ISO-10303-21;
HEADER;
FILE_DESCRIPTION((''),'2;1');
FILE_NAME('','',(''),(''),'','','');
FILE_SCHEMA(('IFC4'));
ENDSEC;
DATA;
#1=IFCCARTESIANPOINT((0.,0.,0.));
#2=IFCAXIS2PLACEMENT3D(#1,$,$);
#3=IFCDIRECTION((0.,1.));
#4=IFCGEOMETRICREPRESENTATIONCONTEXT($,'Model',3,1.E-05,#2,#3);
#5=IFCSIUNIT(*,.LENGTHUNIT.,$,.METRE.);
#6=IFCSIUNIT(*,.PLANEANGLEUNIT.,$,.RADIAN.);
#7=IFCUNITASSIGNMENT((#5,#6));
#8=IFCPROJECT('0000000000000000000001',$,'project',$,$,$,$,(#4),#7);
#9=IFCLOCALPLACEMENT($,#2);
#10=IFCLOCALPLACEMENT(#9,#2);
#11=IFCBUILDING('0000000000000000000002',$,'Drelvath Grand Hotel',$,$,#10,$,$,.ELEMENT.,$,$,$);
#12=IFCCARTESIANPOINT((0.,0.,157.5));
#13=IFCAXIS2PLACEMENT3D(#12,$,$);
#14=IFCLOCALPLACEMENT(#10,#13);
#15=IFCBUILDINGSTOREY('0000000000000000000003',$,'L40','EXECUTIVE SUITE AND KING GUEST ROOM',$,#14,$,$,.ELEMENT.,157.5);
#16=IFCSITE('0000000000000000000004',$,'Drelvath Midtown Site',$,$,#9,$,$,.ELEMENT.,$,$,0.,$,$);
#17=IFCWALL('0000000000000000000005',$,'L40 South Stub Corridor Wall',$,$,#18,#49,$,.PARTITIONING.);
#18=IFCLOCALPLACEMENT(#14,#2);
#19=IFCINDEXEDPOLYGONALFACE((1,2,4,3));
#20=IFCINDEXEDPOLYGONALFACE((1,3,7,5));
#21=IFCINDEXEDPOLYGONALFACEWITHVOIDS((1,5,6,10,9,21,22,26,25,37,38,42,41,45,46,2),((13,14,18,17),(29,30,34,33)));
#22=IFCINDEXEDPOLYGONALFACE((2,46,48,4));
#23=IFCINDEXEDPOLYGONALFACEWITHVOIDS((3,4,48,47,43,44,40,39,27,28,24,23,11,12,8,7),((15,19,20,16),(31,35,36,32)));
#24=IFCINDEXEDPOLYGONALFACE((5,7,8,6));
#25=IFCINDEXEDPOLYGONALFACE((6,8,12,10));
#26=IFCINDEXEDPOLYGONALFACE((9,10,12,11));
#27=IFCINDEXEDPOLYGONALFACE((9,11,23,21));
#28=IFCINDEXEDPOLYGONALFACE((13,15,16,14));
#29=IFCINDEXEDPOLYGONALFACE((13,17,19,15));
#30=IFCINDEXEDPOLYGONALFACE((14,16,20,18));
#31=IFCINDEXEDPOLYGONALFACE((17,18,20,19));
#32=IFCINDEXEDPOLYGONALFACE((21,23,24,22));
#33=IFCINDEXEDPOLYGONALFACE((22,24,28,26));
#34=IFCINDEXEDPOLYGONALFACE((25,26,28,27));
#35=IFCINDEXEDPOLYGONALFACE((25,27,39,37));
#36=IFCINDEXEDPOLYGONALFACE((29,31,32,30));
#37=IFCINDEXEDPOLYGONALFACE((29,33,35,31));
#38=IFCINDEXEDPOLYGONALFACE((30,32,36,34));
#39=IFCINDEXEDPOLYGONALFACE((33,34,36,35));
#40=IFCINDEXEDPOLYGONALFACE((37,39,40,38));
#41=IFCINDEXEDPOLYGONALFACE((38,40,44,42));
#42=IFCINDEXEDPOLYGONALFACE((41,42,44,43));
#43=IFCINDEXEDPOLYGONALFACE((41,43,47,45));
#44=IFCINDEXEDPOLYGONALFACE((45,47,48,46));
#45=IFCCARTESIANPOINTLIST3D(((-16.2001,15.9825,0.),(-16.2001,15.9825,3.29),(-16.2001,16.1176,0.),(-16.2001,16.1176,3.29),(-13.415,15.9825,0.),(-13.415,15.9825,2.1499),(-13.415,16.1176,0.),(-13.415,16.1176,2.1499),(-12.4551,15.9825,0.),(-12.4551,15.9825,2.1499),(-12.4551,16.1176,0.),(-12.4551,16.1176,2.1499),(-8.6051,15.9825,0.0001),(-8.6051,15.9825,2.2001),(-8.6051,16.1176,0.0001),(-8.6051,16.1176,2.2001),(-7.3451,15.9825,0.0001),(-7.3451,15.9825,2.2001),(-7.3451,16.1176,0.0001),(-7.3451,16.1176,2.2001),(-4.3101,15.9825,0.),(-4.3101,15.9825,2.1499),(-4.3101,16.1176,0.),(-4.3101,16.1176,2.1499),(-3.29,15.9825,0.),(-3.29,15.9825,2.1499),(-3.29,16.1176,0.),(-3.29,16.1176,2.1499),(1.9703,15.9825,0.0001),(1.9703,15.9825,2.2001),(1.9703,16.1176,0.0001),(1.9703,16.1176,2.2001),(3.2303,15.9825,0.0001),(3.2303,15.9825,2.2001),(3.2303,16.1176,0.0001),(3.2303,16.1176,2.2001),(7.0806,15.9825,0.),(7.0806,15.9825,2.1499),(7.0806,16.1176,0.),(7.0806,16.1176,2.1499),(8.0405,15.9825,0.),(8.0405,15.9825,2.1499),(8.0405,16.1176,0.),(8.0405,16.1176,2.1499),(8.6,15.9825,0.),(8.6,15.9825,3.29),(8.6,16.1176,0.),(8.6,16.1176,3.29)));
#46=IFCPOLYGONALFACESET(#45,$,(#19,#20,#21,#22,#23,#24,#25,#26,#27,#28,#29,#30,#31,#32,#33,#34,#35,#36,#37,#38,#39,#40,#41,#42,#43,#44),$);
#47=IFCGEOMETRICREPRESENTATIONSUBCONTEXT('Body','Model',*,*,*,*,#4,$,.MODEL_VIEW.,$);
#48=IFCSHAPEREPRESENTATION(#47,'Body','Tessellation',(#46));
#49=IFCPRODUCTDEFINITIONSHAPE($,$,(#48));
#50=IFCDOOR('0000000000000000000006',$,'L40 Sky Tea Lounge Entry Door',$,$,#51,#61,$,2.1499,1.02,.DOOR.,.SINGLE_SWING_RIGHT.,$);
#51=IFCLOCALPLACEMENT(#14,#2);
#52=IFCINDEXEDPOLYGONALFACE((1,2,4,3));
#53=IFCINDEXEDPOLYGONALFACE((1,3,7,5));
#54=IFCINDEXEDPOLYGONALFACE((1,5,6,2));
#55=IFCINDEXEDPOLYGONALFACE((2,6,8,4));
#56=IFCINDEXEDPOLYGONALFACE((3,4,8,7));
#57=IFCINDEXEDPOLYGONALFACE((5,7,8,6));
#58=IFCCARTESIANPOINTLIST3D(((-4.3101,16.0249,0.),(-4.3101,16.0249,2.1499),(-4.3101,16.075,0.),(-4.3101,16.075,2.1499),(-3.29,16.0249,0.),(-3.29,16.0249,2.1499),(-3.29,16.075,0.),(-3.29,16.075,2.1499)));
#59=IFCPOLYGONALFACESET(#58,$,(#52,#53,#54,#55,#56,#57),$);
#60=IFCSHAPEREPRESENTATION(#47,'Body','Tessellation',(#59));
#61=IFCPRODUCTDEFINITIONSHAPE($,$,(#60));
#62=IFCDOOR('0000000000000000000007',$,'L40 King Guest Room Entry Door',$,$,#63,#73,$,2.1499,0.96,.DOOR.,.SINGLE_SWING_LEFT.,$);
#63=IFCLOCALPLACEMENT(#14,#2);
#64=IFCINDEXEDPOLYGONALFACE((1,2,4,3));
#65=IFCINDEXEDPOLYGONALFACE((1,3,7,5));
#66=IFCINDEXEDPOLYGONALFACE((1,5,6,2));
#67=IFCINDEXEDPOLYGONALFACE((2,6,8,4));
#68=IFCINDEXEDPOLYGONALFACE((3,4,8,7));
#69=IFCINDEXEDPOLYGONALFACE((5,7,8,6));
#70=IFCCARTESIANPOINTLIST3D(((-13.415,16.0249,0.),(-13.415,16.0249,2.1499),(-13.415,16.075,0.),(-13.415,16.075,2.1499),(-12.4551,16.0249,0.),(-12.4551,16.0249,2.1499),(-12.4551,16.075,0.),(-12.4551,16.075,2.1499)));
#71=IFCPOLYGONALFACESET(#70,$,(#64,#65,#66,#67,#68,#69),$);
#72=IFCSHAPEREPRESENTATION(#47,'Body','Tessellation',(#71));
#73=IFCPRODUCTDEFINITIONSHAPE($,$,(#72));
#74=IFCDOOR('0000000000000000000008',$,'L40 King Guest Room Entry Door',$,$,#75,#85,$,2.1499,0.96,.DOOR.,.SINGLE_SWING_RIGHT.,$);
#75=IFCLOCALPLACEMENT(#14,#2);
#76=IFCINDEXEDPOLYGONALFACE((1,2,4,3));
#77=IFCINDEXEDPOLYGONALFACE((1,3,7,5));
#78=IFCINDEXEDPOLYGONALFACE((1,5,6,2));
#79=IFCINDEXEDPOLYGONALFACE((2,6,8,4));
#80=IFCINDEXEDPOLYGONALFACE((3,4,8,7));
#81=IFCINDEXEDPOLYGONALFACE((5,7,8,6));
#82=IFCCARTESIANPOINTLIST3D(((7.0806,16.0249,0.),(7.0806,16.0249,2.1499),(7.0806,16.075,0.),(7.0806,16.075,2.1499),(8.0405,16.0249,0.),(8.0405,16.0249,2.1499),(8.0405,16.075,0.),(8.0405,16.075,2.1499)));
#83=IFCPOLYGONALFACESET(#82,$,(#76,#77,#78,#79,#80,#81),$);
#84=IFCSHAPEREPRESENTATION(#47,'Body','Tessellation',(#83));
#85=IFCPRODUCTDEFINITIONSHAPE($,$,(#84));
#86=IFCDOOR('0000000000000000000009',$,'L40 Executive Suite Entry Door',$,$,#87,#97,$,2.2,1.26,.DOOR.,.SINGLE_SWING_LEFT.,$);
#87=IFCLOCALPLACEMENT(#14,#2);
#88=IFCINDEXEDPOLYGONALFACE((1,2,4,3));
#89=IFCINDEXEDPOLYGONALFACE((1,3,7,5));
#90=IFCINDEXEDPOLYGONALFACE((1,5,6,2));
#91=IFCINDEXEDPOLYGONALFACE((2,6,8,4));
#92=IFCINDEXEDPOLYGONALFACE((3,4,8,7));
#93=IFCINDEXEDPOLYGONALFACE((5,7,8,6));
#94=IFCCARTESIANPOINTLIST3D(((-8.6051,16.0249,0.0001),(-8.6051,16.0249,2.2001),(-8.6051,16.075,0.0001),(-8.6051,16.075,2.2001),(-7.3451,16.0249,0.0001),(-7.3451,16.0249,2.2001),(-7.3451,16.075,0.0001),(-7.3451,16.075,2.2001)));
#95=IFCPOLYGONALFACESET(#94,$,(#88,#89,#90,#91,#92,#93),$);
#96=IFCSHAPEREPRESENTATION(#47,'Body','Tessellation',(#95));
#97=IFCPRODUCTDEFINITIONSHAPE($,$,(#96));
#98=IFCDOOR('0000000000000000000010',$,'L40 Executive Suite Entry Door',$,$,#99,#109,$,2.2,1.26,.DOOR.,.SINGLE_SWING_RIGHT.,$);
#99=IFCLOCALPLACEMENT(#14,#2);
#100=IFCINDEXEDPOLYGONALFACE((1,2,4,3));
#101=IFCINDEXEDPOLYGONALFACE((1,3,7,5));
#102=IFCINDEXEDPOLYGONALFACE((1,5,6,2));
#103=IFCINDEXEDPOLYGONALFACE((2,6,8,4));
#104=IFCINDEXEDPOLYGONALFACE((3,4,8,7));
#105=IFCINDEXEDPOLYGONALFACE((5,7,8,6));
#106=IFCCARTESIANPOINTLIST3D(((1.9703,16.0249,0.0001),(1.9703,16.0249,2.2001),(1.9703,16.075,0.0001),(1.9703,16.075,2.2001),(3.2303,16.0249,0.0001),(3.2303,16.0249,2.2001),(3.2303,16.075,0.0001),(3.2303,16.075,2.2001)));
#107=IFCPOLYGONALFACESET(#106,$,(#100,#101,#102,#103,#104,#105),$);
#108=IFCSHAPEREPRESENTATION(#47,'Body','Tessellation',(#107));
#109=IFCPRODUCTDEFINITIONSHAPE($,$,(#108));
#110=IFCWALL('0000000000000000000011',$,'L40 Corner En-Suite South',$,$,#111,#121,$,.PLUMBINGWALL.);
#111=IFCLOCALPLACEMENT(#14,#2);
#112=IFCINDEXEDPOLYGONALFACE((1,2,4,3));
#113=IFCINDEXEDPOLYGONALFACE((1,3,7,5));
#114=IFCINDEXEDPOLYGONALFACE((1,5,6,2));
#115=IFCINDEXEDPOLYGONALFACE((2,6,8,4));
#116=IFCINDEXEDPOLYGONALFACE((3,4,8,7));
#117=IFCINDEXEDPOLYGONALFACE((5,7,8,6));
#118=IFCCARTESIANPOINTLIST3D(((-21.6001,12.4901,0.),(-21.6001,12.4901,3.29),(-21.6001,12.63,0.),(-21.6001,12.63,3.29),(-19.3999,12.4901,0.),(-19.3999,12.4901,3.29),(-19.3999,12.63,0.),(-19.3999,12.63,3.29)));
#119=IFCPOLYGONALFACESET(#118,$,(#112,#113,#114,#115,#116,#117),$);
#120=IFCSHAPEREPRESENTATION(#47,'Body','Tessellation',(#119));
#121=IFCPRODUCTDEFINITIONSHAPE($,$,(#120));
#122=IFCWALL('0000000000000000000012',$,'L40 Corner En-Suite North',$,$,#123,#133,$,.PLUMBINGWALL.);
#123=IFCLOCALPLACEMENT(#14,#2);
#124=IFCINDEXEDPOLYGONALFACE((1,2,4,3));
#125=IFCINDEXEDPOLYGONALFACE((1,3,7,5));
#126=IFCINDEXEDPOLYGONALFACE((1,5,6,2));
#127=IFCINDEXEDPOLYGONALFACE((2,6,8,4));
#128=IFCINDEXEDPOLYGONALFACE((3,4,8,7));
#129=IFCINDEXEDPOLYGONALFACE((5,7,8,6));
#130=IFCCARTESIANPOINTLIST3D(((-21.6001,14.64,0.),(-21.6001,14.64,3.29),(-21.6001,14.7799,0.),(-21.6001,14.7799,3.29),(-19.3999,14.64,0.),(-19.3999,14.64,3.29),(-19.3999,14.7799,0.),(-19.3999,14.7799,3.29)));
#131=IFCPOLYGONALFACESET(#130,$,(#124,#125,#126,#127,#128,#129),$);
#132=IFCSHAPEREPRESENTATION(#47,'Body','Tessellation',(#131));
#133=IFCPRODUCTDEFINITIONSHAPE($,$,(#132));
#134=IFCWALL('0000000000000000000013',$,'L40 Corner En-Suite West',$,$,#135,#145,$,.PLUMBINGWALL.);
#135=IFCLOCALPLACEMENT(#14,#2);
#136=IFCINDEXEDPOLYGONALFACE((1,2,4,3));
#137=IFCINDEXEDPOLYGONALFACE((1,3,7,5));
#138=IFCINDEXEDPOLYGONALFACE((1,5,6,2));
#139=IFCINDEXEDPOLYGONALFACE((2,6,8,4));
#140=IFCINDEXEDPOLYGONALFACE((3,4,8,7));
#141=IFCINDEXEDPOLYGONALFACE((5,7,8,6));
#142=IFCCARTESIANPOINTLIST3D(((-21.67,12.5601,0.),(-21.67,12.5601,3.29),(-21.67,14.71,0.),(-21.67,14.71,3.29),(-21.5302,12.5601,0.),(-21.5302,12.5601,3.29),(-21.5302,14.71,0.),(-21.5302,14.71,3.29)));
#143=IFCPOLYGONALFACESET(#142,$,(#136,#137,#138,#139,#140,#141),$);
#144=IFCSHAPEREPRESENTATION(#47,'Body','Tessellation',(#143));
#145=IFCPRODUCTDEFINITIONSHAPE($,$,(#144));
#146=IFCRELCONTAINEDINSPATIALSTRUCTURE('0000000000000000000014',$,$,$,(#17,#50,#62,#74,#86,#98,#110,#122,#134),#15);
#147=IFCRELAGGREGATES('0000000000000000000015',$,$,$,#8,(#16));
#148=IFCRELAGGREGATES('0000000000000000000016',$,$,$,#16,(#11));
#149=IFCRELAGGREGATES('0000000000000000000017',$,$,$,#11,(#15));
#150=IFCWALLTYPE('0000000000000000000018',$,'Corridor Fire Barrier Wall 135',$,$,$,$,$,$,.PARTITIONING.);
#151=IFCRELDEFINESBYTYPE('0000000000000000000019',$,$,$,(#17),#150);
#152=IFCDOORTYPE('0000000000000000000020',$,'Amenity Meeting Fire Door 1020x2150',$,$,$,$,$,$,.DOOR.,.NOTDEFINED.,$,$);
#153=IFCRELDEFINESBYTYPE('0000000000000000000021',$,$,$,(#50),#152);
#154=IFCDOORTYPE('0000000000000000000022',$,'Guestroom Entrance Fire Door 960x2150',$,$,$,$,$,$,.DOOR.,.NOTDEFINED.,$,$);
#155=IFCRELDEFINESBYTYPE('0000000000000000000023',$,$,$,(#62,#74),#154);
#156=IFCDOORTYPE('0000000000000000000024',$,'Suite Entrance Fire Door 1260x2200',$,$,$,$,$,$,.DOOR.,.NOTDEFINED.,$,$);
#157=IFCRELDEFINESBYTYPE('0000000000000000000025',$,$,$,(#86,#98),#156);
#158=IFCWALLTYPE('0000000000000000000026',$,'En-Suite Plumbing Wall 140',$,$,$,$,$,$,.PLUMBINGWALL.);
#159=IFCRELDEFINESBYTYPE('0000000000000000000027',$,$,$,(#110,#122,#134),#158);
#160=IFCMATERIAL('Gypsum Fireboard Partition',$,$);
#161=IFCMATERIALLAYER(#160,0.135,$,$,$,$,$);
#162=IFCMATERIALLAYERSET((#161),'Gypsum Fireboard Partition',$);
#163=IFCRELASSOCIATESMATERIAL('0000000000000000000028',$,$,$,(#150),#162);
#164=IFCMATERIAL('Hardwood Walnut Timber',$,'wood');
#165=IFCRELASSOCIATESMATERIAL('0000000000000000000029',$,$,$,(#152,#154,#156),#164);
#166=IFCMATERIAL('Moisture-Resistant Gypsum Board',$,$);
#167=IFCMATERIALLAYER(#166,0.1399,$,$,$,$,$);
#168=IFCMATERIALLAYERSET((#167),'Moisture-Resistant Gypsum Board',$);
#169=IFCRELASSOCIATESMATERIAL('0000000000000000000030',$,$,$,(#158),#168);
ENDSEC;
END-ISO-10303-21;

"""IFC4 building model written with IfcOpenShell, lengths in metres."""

from ifc_helpers import new_model, si_unit, direction, frame, frame_2d, origin, place, context, subcontext, project, spatial, rectangle, extrude, material, layer, layer_set, type_object, element, fill, save


model = new_model("IFC4")

# Units and contexts
model_context = context("Model", 3, precision=1e-05, world=origin(), true_north=direction((0.0, 1.0)))
body_context = subcontext(model_context, "Body", "Model", "MODEL_VIEW")
ifc_project = project(units=[si_unit("LENGTHUNIT", "METRE"), si_unit("PLANEANGLEUNIT", "RADIAN")], contexts=[model_context])

# Site, building, storey
site_placement = place(None, origin())
site = spatial("IfcSite", under=ifc_project, at=site_placement, Name="Drelvath Midtown Site", CompositionType="ELEMENT", RefElevation=0.0)
building_placement = place(site_placement, origin())
building = spatial("IfcBuilding", under=site, at=building_placement, Name="Drelvath Grand Hotel", CompositionType="ELEMENT")
storey_placement = place(building_placement, frame((0.0, 0.0, 157.5)))
storey = spatial("IfcBuildingStorey", under=building, at=storey_placement, Name="L40", Description="EXECUTIVE SUITE AND KING GUEST ROOM", CompositionType="ELEMENT", Elevation=157.5)

# Wall, openings, doors
ifc_material_1 = material(Name="Gypsum Fireboard Partition")
ifc_layer_1 = layer(ifc_material_1, 0.135)
ifc_layer_set_1 = layer_set([ifc_layer_1], Name="Gypsum Fireboard Partition")
wall_type_1 = type_object("IfcWallType", Name="Corridor Fire Barrier Wall 135", PredefinedType="PARTITIONING", material=ifc_layer_set_1)
wall_1_placement = place(storey_placement, frame((-16.2, 16.05, 0.0), z_axis=(0.0, 0.0, 1.0), x_axis=(1.0, 0.0, 0.0)))
wall_1 = element("IfcWall", 1, at=wall_1_placement, inside=storey, type_object=wall_type_1, Name="L40 South Stub Corridor Wall", PredefinedType="PARTITIONING", context=body_context, shape_type="SweptSolid", body=[
    extrude(rectangle(XDim=24.8, YDim=0.135, at=frame_2d((12.3999, 0.0))), origin(), (0.0, 0.0, 1.0), 3.29),
])
opening_1_placement = place(wall_1_placement, frame((2.7849, 0.0, 0.0)))
opening_1 = element("IfcOpeningElement", 2, at=opening_1_placement, cuts=wall_1, PredefinedType="OPENING", context=body_context, shape_type="SweptSolid", body=[
    extrude(rectangle(XDim=0.96, YDim=2.1499, at=frame_2d((0.48, 1.075))), frame((0.0, 0.0774, 0.0), z_axis=(0.0, -1.0, 0.0), x_axis=(1.0, 0.0, 0.0)), (0.0, 0.0, 1.0), 0.155),
])
opening_2_placement = place(wall_1_placement, frame((7.595, 0.0, 0.0)))
opening_2 = element("IfcOpeningElement", 3, at=opening_2_placement, cuts=wall_1, PredefinedType="OPENING", context=body_context, shape_type="SweptSolid", body=[
    extrude(rectangle(XDim=1.26, YDim=2.2, at=frame_2d((0.6299, 1.1001))), frame((0.0, 0.0774, 0.0), z_axis=(0.0, -1.0, 0.0), x_axis=(1.0, 0.0, 0.0)), (0.0, 0.0, 1.0), 0.155),
])
opening_3_placement = place(wall_1_placement, frame((11.8899, 0.0, 0.0)))
opening_3 = element("IfcOpeningElement", 4, at=opening_3_placement, cuts=wall_1, PredefinedType="OPENING", context=body_context, shape_type="SweptSolid", body=[
    extrude(rectangle(XDim=1.02, YDim=2.1499, at=frame_2d((0.51, 1.075))), frame((0.0, 0.0774, 0.0), z_axis=(0.0, -1.0, 0.0), x_axis=(1.0, 0.0, 0.0)), (0.0, 0.0, 1.0), 0.155),
])
opening_4_placement = place(wall_1_placement, frame((18.1704, 0.0, 0.0)))
opening_4 = element("IfcOpeningElement", 5, at=opening_4_placement, cuts=wall_1, PredefinedType="OPENING", context=body_context, shape_type="SweptSolid", body=[
    extrude(rectangle(XDim=1.26, YDim=2.2, at=frame_2d((0.6299, 1.1001))), frame((0.0, 0.0774, 0.0), z_axis=(0.0, -1.0, 0.0), x_axis=(1.0, 0.0, 0.0)), (0.0, 0.0, 1.0), 0.155),
])
opening_5_placement = place(wall_1_placement, frame((23.2805, 0.0, 0.0)))
opening_5 = element("IfcOpeningElement", 6, at=opening_5_placement, cuts=wall_1, PredefinedType="OPENING", context=body_context, shape_type="SweptSolid", body=[
    extrude(rectangle(XDim=0.96, YDim=2.1499, at=frame_2d((0.48, 1.075))), frame((0.0, 0.0774, 0.0), z_axis=(0.0, -1.0, 0.0), x_axis=(1.0, 0.0, 0.0)), (0.0, 0.0, 1.0), 0.155),
])
ifc_material_2 = material(Name="Hardwood Walnut Timber", Category="wood")
door_type_1 = type_object("IfcDoorType", Name="Amenity Meeting Fire Door 1020x2150", OperationType="NOTDEFINED", PredefinedType="DOOR", material=ifc_material_2)
door_1_placement = place(opening_3_placement, origin())
door_1 = element("IfcDoor", 7, at=door_1_placement, inside=storey, type_object=door_type_1, Name="L40 Sky Tea Lounge Entry Door", OperationType="SINGLE_SWING_RIGHT", OverallHeight=2.1499, OverallWidth=1.02, PredefinedType="DOOR", context=body_context, shape_type="SweptSolid", body=[
    extrude(rectangle(XDim=1.02, YDim=2.1499, at=frame_2d((0.51, 1.075))), frame((0.0, 0.0249, 0.0), z_axis=(0.0, -1.0, 0.0), x_axis=(1.0, 0.0, 0.0)), (0.0, 0.0, 1.0), 0.05),
])
fill(opening_3, door_1)
door_type_2 = type_object("IfcDoorType", Name="Guestroom Entrance Fire Door 960x2150", OperationType="NOTDEFINED", PredefinedType="DOOR", material=ifc_material_2)
door_2_placement = place(opening_1_placement, origin())
door_2 = element("IfcDoor", 8, at=door_2_placement, inside=storey, type_object=door_type_2, Name="L40 King Guest Room Entry Door", OperationType="SINGLE_SWING_LEFT", OverallHeight=2.1499, OverallWidth=0.96, PredefinedType="DOOR", context=body_context, shape_type="SweptSolid", body=[
    extrude(rectangle(XDim=0.96, YDim=2.1499, at=frame_2d((0.48, 1.075))), frame((0.0, 0.0249, 0.0), z_axis=(0.0, -1.0, 0.0), x_axis=(1.0, 0.0, 0.0)), (0.0, 0.0, 1.0), 0.05),
])
fill(opening_1, door_2)
door_3_placement = place(opening_5_placement, origin())
door_3 = element("IfcDoor", 9, at=door_3_placement, inside=storey, type_object=door_type_2, Name="L40 King Guest Room Entry Door", OperationType="SINGLE_SWING_RIGHT", OverallHeight=2.1499, OverallWidth=0.96, PredefinedType="DOOR", context=body_context, shape_type="SweptSolid", body=[
    extrude(rectangle(XDim=0.96, YDim=2.1499, at=frame_2d((0.48, 1.075))), frame((0.0, 0.0249, 0.0), z_axis=(0.0, -1.0, 0.0), x_axis=(1.0, 0.0, 0.0)), (0.0, 0.0, 1.0), 0.05),
])
fill(opening_5, door_3)
door_type_3 = type_object("IfcDoorType", Name="Suite Entrance Fire Door 1260x2200", OperationType="NOTDEFINED", PredefinedType="DOOR", material=ifc_material_2)
door_4_placement = place(opening_2_placement, origin())
door_4 = element("IfcDoor", 10, at=door_4_placement, inside=storey, type_object=door_type_3, Name="L40 Executive Suite Entry Door", OperationType="SINGLE_SWING_LEFT", OverallHeight=2.2, OverallWidth=1.26, PredefinedType="DOOR", context=body_context, shape_type="SweptSolid", body=[
    extrude(rectangle(XDim=1.26, YDim=2.2, at=frame_2d((0.6299, 1.1001))), frame((0.0, 0.0249, 0.0), z_axis=(0.0, -1.0, 0.0), x_axis=(1.0, 0.0, 0.0)), (0.0, 0.0, 1.0), 0.05),
])
fill(opening_2, door_4)
door_5_placement = place(opening_4_placement, origin())
door_5 = element("IfcDoor", 11, at=door_5_placement, inside=storey, type_object=door_type_3, Name="L40 Executive Suite Entry Door", OperationType="SINGLE_SWING_RIGHT", OverallHeight=2.2, OverallWidth=1.26, PredefinedType="DOOR", context=body_context, shape_type="SweptSolid", body=[
    extrude(rectangle(XDim=1.26, YDim=2.2, at=frame_2d((0.6299, 1.1001))), frame((0.0, 0.0249, 0.0), z_axis=(0.0, -1.0, 0.0), x_axis=(1.0, 0.0, 0.0)), (0.0, 0.0, 1.0), 0.05),
])
fill(opening_4, door_5)

# Walls
ifc_material_3 = material(Name="Moisture-Resistant Gypsum Board")
ifc_layer_2 = layer(ifc_material_3, 0.1399)
ifc_layer_set_2 = layer_set([ifc_layer_2], Name="Moisture-Resistant Gypsum Board")
wall_type_2 = type_object("IfcWallType", Name="En-Suite Plumbing Wall 140", PredefinedType="PLUMBINGWALL", material=ifc_layer_set_2)
for number, where, z_axis, x_axis, name in (
    (12, (-21.6001, 12.5601, 0.0), (0.0, 0.0, 1.0), (1.0, 0.0, 0.0), "L40 Corner En-Suite South"),
    (13, (-21.6001, 14.71, 0.0), (0.0, 0.0, 1.0), (1.0, 0.0, 0.0), "L40 Corner En-Suite North"),
):
    element("IfcWall", number, at=place(storey_placement, frame(where, z_axis=z_axis, x_axis=x_axis)), inside=storey, type_object=wall_type_2, Name=name, PredefinedType="PLUMBINGWALL", context=body_context, shape_type="SweptSolid", body=[
        extrude(rectangle(XDim=2.2002, YDim=0.1399, at=frame_2d((1.1001, 0.0))), origin(), (0.0, 0.0, 1.0), 3.29),
    ])
wall_2_placement = place(storey_placement, frame((-21.6001, 12.5601, 0.0), z_axis=(0.0, 0.0, 1.0), x_axis=(0.0, 1.0, 0.0)))
element("IfcWall", 14, at=wall_2_placement, inside=storey, type_object=wall_type_2, Name="L40 Corner En-Suite West", PredefinedType="PLUMBINGWALL", context=body_context, shape_type="SweptSolid", body=[
    extrude(rectangle(XDim=2.1499, YDim=0.1399, at=frame_2d((1.075, 0.0))), origin(), (0.0, 0.0, 1.0), 3.29),
])

save(model, "model.ifc")
